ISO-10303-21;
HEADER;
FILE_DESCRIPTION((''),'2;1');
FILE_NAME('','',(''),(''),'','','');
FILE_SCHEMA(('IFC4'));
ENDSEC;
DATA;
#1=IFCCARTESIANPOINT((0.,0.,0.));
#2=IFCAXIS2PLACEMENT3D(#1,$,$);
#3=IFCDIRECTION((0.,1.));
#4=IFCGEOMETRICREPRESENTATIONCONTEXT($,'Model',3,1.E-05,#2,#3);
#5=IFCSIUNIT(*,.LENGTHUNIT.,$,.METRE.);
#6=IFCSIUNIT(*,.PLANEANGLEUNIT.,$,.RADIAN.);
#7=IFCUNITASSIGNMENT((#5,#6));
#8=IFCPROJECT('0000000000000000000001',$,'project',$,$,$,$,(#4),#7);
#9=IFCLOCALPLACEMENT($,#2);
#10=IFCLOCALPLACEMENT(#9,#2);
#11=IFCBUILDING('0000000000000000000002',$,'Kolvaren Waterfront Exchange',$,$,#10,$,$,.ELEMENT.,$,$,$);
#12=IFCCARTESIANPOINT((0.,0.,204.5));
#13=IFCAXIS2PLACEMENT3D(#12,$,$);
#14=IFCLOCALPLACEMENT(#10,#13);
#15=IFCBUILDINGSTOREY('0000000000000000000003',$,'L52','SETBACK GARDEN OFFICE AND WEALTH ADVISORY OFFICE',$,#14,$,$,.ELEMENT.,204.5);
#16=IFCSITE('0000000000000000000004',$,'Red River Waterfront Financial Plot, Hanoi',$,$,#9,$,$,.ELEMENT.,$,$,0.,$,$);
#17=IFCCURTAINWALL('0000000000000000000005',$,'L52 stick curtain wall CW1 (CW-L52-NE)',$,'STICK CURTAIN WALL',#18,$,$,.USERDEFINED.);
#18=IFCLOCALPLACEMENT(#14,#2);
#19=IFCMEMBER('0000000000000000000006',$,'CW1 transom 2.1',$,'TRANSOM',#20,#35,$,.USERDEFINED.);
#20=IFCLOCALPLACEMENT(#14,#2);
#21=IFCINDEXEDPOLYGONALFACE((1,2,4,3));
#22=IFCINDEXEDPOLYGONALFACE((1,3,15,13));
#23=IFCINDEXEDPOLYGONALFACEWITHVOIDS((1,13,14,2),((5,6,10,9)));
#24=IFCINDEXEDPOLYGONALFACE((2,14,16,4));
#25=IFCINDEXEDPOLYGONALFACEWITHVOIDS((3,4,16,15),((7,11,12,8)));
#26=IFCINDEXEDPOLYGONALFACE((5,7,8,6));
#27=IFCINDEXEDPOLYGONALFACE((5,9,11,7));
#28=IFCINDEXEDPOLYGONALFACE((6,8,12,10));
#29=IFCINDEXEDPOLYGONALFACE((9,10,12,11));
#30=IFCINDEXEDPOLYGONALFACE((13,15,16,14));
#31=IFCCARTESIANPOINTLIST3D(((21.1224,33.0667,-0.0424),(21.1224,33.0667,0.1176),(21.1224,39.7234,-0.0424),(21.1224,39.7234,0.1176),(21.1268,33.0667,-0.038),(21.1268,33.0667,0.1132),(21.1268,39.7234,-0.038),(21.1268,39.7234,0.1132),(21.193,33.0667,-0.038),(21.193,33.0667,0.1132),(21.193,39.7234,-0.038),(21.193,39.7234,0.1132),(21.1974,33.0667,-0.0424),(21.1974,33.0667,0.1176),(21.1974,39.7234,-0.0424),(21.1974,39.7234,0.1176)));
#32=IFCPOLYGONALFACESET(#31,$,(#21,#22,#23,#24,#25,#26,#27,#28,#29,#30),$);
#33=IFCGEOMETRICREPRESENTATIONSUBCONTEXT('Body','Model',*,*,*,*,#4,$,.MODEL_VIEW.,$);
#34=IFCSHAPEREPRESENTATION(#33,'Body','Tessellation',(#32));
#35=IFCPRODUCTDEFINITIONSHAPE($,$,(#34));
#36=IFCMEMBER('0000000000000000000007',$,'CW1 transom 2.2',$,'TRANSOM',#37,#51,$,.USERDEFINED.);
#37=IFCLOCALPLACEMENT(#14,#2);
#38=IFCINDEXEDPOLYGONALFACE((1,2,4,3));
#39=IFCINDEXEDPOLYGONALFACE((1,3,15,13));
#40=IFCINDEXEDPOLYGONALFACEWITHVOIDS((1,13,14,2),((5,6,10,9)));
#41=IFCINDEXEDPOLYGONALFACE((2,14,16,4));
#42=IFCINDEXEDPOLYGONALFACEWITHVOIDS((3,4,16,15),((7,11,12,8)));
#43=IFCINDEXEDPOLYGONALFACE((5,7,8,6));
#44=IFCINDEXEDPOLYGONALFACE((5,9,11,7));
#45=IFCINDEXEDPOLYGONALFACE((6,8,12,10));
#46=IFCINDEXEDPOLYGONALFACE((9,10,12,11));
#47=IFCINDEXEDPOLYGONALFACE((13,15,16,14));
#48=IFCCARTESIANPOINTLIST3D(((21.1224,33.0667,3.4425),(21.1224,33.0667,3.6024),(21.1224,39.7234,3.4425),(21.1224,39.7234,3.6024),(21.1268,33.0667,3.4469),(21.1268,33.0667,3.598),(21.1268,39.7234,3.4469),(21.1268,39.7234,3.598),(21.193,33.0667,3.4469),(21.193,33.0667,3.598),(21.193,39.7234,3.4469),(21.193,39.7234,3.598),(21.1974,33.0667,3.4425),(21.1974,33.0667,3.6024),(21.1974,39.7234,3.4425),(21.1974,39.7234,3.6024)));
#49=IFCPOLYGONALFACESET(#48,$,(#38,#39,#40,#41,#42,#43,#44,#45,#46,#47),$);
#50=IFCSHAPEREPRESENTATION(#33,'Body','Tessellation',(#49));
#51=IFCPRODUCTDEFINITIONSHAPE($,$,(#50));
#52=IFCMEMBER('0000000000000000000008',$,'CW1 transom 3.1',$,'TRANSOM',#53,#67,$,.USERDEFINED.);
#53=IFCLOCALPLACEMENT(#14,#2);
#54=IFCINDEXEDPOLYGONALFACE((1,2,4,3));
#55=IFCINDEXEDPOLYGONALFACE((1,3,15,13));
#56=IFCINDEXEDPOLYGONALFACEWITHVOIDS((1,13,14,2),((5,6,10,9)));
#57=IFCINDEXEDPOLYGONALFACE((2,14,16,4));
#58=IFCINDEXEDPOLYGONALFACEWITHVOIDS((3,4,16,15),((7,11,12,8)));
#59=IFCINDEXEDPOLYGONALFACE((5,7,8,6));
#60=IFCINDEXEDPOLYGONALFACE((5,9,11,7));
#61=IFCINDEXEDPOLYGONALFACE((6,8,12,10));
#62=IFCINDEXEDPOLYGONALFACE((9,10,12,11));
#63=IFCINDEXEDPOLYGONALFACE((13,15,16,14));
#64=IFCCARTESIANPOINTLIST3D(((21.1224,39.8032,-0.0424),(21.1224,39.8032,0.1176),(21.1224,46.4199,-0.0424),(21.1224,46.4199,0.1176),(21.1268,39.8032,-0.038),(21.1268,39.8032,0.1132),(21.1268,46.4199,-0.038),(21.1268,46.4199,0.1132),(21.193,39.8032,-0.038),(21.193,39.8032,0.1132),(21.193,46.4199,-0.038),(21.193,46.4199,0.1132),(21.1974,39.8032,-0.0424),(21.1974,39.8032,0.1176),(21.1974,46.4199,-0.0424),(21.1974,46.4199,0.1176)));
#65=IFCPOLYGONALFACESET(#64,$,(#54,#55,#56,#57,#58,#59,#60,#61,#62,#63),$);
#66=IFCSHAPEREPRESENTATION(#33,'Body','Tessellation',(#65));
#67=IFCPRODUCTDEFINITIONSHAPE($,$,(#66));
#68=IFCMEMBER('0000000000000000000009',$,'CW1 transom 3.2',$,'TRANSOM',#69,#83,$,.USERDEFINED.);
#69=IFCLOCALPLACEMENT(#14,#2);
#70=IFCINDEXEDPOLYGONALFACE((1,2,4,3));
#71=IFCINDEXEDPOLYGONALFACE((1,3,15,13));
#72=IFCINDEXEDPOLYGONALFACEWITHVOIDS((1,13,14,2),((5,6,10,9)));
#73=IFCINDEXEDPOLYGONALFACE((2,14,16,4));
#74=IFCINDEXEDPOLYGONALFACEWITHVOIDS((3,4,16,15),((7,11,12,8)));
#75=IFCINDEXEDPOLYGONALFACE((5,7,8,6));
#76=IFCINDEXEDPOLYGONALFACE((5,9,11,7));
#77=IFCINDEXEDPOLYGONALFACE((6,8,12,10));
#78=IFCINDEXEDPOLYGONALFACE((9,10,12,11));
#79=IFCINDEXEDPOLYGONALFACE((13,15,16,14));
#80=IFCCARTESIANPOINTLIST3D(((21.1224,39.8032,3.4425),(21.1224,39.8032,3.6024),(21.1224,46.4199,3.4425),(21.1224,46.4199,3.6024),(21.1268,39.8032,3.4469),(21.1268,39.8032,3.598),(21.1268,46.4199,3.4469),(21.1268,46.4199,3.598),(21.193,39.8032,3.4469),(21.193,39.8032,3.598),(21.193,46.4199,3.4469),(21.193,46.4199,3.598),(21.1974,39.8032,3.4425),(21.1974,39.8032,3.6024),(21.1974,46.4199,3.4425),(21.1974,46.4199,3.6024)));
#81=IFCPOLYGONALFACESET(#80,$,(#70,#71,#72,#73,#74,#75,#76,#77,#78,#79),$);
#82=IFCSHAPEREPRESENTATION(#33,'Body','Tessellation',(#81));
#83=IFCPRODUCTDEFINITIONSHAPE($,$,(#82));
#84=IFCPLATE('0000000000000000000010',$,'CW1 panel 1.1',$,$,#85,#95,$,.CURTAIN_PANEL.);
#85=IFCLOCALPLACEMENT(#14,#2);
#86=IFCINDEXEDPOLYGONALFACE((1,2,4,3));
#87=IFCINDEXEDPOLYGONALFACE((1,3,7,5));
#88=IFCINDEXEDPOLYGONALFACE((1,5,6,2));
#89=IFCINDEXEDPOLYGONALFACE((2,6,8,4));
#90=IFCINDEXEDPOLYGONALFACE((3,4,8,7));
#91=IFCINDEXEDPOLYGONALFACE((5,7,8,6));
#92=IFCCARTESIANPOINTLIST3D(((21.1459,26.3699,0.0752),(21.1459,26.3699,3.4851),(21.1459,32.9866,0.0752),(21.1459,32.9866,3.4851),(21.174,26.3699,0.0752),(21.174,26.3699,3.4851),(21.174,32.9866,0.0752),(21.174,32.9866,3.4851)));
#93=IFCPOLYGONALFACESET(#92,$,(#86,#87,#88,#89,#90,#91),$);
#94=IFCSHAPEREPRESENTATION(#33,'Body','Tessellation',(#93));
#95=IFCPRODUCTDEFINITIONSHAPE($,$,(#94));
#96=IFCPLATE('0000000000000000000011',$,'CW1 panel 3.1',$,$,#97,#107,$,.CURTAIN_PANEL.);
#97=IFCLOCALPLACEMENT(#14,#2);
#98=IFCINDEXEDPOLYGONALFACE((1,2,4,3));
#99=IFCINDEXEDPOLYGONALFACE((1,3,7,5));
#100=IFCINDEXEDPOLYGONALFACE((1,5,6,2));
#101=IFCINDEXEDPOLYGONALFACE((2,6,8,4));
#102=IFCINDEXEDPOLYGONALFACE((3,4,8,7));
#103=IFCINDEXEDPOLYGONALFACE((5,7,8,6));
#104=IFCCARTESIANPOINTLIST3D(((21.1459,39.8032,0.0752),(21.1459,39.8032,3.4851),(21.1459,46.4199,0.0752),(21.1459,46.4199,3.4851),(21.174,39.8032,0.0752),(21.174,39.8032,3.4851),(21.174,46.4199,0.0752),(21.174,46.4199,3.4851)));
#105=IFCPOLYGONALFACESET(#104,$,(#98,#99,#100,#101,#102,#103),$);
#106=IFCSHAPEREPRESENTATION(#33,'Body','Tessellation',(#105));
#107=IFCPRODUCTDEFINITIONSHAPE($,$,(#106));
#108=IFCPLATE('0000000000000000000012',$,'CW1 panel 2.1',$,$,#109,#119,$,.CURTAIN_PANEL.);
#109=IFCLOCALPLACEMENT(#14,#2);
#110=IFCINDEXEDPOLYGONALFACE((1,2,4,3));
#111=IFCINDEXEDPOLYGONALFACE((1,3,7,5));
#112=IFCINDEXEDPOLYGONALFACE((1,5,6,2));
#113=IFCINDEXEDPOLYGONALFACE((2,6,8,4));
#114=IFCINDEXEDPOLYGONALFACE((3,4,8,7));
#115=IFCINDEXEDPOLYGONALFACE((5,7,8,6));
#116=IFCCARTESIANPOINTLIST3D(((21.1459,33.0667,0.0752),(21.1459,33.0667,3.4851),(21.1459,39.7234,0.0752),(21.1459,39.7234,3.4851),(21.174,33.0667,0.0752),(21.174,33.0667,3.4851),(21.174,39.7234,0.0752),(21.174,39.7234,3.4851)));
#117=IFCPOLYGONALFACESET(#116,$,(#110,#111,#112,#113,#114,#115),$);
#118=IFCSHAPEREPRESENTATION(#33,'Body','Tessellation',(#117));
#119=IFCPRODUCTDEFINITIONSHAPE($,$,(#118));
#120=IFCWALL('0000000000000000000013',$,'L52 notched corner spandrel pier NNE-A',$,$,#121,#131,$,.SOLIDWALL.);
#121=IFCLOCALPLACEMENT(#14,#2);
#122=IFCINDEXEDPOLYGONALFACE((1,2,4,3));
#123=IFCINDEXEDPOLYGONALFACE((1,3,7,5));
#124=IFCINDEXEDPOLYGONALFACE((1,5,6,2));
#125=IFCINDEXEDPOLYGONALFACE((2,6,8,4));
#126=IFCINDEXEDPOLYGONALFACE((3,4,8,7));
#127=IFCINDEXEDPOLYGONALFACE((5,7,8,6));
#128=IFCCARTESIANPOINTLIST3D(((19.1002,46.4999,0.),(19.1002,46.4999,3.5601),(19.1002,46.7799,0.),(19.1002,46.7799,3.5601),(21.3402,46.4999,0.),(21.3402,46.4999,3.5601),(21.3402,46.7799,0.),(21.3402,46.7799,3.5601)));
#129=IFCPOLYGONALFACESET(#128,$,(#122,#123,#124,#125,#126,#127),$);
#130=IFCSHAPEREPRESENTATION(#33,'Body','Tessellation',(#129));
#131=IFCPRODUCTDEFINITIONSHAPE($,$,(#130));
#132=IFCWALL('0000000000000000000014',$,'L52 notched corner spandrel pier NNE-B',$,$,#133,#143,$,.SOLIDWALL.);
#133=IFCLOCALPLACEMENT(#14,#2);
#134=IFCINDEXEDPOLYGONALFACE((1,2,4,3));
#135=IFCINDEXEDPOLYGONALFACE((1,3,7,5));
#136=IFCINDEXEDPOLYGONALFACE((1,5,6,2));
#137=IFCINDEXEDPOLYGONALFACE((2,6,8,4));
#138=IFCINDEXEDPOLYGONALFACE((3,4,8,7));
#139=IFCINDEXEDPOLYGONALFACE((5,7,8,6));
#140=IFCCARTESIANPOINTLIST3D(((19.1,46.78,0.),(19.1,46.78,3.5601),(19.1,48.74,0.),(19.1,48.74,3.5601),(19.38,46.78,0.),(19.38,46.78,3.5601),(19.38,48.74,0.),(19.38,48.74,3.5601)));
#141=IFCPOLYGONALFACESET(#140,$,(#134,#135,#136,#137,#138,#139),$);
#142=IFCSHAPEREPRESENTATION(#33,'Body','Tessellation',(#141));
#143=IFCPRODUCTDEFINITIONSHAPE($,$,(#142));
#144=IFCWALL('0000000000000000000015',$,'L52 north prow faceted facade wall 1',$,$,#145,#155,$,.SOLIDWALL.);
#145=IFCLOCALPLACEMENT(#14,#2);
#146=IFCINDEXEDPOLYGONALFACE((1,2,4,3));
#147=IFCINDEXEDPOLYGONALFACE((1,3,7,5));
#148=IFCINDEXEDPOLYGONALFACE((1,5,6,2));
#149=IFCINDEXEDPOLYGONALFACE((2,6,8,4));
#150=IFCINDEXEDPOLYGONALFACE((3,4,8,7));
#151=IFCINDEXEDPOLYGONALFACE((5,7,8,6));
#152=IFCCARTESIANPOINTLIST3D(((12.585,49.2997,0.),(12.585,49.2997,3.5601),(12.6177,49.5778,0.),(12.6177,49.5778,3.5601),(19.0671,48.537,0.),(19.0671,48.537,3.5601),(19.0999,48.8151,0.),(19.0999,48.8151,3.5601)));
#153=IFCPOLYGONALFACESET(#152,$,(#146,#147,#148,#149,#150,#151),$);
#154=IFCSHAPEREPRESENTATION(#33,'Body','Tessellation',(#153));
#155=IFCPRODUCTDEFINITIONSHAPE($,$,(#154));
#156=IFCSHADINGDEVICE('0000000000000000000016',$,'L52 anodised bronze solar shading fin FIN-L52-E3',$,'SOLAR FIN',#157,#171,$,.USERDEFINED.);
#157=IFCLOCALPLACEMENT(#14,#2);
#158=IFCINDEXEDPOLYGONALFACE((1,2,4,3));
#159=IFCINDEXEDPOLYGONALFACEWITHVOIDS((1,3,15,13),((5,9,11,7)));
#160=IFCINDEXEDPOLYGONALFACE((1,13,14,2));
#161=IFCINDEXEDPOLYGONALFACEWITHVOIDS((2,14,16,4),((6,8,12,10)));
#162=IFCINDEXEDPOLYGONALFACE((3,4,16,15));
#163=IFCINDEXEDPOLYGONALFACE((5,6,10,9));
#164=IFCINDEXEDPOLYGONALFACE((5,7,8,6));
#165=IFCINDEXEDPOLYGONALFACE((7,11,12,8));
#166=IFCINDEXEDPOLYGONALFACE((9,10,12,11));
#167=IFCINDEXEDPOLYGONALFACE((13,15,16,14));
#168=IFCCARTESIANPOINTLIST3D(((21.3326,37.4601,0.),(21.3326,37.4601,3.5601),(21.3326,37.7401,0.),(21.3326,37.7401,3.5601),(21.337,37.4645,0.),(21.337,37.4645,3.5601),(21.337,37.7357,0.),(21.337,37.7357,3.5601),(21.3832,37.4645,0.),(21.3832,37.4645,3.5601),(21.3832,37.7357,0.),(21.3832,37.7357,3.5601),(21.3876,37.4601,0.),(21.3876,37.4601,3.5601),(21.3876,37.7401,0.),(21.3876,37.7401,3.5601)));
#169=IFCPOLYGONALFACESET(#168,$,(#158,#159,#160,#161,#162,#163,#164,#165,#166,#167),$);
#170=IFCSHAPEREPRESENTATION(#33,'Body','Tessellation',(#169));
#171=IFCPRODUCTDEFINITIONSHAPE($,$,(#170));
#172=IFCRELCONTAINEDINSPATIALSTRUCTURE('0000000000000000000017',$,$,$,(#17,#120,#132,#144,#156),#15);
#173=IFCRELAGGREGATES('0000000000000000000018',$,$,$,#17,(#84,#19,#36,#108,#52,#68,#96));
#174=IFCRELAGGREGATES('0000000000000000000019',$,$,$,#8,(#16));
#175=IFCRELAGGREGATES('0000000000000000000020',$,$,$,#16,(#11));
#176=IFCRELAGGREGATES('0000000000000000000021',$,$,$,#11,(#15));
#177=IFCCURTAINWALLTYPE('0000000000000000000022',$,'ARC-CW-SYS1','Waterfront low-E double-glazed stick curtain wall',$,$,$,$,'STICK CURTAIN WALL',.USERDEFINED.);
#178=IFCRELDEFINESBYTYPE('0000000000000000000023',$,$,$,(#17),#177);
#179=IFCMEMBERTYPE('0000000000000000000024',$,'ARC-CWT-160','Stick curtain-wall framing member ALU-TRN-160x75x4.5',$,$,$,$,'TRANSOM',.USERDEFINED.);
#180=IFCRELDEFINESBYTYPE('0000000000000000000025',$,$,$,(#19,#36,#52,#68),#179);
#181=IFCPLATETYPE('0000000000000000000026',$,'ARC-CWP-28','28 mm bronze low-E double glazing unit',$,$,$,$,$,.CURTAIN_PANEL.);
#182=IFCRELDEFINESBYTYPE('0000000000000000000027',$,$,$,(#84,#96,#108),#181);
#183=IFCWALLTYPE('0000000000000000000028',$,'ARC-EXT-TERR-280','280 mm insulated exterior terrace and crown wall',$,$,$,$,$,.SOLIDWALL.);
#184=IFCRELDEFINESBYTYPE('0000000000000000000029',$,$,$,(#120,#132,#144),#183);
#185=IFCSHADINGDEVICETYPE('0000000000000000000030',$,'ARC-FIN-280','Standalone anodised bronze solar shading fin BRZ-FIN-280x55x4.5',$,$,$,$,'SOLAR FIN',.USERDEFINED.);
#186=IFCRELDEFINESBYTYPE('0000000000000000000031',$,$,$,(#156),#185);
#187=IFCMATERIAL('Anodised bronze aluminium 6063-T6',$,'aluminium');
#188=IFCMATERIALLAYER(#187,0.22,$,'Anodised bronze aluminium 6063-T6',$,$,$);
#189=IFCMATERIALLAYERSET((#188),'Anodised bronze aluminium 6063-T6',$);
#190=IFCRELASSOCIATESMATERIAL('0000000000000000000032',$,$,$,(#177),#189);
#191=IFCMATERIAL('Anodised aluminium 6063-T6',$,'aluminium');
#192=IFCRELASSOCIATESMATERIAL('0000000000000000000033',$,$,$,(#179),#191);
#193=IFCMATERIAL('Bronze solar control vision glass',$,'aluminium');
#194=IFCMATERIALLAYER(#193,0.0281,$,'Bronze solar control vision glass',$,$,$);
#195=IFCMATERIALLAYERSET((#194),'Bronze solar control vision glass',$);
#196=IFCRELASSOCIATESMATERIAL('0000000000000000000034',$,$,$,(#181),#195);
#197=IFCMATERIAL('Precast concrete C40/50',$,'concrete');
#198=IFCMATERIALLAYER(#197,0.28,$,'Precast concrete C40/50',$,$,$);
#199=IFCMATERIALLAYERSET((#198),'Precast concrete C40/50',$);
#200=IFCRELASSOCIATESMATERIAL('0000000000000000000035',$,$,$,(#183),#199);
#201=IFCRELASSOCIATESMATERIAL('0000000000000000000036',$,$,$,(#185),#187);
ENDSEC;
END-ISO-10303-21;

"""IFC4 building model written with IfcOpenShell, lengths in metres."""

from ifc_helpers import new_model, si_unit, direction, frame, frame_2d, origin, origin_with_axes, origin_2d, place, context, subcontext, project, spatial, rectangle, hollow_rectangle, extrude, source, transform, mapped, material, layer, layer_set, material_profile, profile_set, type_object, element, aggregate, save


model = new_model("IFC4")

# Units and contexts
model_context = context("Model", 3, precision=1e-05, world=origin(), true_north=direction((0.0, 1.0)))
body_context = subcontext(model_context, "Body", "Model", "MODEL_VIEW")
ifc_project = project(units=[si_unit("LENGTHUNIT", "METRE"), si_unit("PLANEANGLEUNIT", "RADIAN")], contexts=[model_context])

# Site, building, storey
site_placement = place(None, origin())
site = spatial("IfcSite", under=ifc_project, at=site_placement, Name="Red River Waterfront Financial Plot, Hanoi", CompositionType="ELEMENT", RefElevation=0.0)
building_placement = place(site_placement, origin())
building = spatial("IfcBuilding", under=site, at=building_placement, Name="Kolvaren Waterfront Exchange", CompositionType="ELEMENT")
storey_placement = place(building_placement, frame((0.0, 0.0, 204.5)))
storey = spatial("IfcBuildingStorey", under=building, at=storey_placement, Name="L52", Description="SETBACK GARDEN OFFICE AND WEALTH ADVISORY OFFICE", CompositionType="ELEMENT", Elevation=204.5)

# Curtain wall, members, plates
ifc_material_1 = material(Name="Anodised bronze aluminium 6063-T6", Category="aluminium")
ifc_layer_1 = layer(ifc_material_1, 0.22, Name="Anodised bronze aluminium 6063-T6")
ifc_layer_set_1 = layer_set([ifc_layer_1], Name="Anodised bronze aluminium 6063-T6")
curtain_wall_type = type_object("IfcCurtainWallType", Name="ARC-CW-SYS1", Description="Waterfront low-E double-glazed stick curtain wall", ElementType="STICK CURTAIN WALL", PredefinedType="USERDEFINED", material=ifc_layer_set_1)
curtain_wall_placement = place(storey_placement, origin())
curtain_wall = element("IfcCurtainWall", 1, at=curtain_wall_placement, inside=storey, type_object=curtain_wall_type, Name="L52 stick curtain wall CW1 (CW-L52-NE)", ObjectType="STICK CURTAIN WALL", PredefinedType="USERDEFINED")
ifc_material_2 = material(Name="Anodised aluminium 6063-T6", Category="aluminium")
ifc_material_profile_1 = material_profile(ifc_material_2, hollow_rectangle(XDim=0.075, YDim=0.1599, WallThickness=0.0044, at=origin_2d()), Name="ALU-TRN-160x75x4.5")
ifc_profile_set_1 = profile_set([ifc_material_profile_1], Name="Anodised aluminium 6063-T6")
member_type_1 = type_object("IfcMemberType", Name="ARC-CWT-160", Description="Stick curtain-wall framing member ALU-TRN-160x75x4.5", ElementType="TRANSOM", PredefinedType="USERDEFINED", material=ifc_profile_set_1)
shared_shape_1 = source(origin_with_axes(), body_context, "Body", "SweptSolid", [
    extrude(hollow_rectangle(XDim=0.075, YDim=0.1599, WallThickness=0.0044, at=origin_2d()), origin(), (0.0, 0.0, 1.0), 6.6567),
])
member_1_placement = place(storey_placement, frame((21.1599, 33.0667, 0.0376), z_axis=(0.0, 1.0, 0.0), x_axis=(-1.0, 0.0, 0.0)))
member_1 = element("IfcMember", 2, at=member_1_placement, type_object=member_type_1, Name="CW1 transom 2.1", ObjectType="TRANSOM", PredefinedType="USERDEFINED", context=body_context, shape_type="MappedRepresentation", body=[
    mapped(shared_shape_1, transform((0.0, 0.0, 0.0), x_axis=(1.0, 0.0, 0.0), y_axis=(0.0, 1.0, 0.0), z_axis=(0.0, 0.0, 1.0), scale=1.0)),
])
member_2_placement = place(storey_placement, frame((21.1599, 33.0667, 3.5225), z_axis=(0.0, 1.0, 0.0), x_axis=(-1.0, 0.0, 0.0)))
member_2 = element("IfcMember", 3, at=member_2_placement, type_object=member_type_1, Name="CW1 transom 2.2", ObjectType="TRANSOM", PredefinedType="USERDEFINED", context=body_context, shape_type="MappedRepresentation", body=[
    mapped(shared_shape_1, transform((0.0, 0.0, 0.0), x_axis=(1.0, 0.0, 0.0), y_axis=(0.0, 1.0, 0.0), z_axis=(0.0, 0.0, 1.0), scale=1.0)),
])
shared_shape_2 = source(origin_with_axes(), body_context, "Body", "SweptSolid", [
    extrude(hollow_rectangle(XDim=0.075, YDim=0.1599, WallThickness=0.0044, at=origin_2d()), origin(), (0.0, 0.0, 1.0), 6.6167),
])
member_3_placement = place(storey_placement, frame((21.1599, 39.8032, 0.0376), z_axis=(0.0, 1.0, 0.0), x_axis=(-1.0, 0.0, 0.0)))
member_3 = element("IfcMember", 4, at=member_3_placement, type_object=member_type_1, Name="CW1 transom 3.1", ObjectType="TRANSOM", PredefinedType="USERDEFINED", context=body_context, shape_type="MappedRepresentation", body=[
    mapped(shared_shape_2, transform((0.0, 0.0, 0.0), x_axis=(1.0, 0.0, 0.0), y_axis=(0.0, 1.0, 0.0), z_axis=(0.0, 0.0, 1.0), scale=1.0)),
])
member_4_placement = place(storey_placement, frame((21.1599, 39.8032, 3.5225), z_axis=(0.0, 1.0, 0.0), x_axis=(-1.0, 0.0, 0.0)))
member_4 = element("IfcMember", 5, at=member_4_placement, type_object=member_type_1, Name="CW1 transom 3.2", ObjectType="TRANSOM", PredefinedType="USERDEFINED", context=body_context, shape_type="MappedRepresentation", body=[
    mapped(shared_shape_2, transform((0.0, 0.0, 0.0), x_axis=(1.0, 0.0, 0.0), y_axis=(0.0, 1.0, 0.0), z_axis=(0.0, 0.0, 1.0), scale=1.0)),
])
ifc_material_3 = material(Name="Bronze solar control vision glass", Category="aluminium")
ifc_layer_2 = layer(ifc_material_3, 0.0281, Name="Bronze solar control vision glass")
ifc_layer_set_2 = layer_set([ifc_layer_2], Name="Bronze solar control vision glass")
plate_type = type_object("IfcPlateType", Name="ARC-CWP-28", Description="28 mm bronze low-E double glazing unit", PredefinedType="CURTAIN_PANEL", material=ifc_layer_set_2)
shared_shape_3 = source(origin_with_axes(), body_context, "Body", "SweptSolid", [
    extrude(rectangle(XDim=6.6167, YDim=0.0281, at=origin_2d()), origin(), (0.0, 0.0, 1.0), 3.4099),
])
plate_1_placement = place(storey_placement, frame((21.1599, 29.6782, 0.0752), z_axis=(0.0, 0.0, 1.0), x_axis=(0.0, 1.0, 0.0)))
plate_1 = element("IfcPlate", 6, at=plate_1_placement, type_object=plate_type, Name="CW1 panel 1.1", PredefinedType="CURTAIN_PANEL", context=body_context, shape_type="MappedRepresentation", body=[
    mapped(shared_shape_3, transform((0.0, 0.0, 0.0), x_axis=(1.0, 0.0, 0.0), y_axis=(0.0, 1.0, 0.0), z_axis=(0.0, 0.0, 1.0), scale=1.0)),
])
plate_2_placement = place(storey_placement, frame((21.1599, 43.1116, 0.0752), z_axis=(0.0, 0.0, 1.0), x_axis=(0.0, 1.0, 0.0)))
plate_2 = element("IfcPlate", 7, at=plate_2_placement, type_object=plate_type, Name="CW1 panel 3.1", PredefinedType="CURTAIN_PANEL", context=body_context, shape_type="MappedRepresentation", body=[
    mapped(shared_shape_3, transform((0.0, 0.0, 0.0), x_axis=(1.0, 0.0, 0.0), y_axis=(0.0, 1.0, 0.0), z_axis=(0.0, 0.0, 1.0), scale=1.0)),
])
shared_shape_4 = source(origin_with_axes(), body_context, "Body", "SweptSolid", [
    extrude(rectangle(XDim=6.6567, YDim=0.0281, at=origin_2d()), origin(), (0.0, 0.0, 1.0), 3.4099),
])
plate_3_placement = place(storey_placement, frame((21.1599, 36.395, 0.0752), z_axis=(0.0, 0.0, 1.0), x_axis=(0.0, 1.0, 0.0)))
plate_3 = element("IfcPlate", 8, at=plate_3_placement, type_object=plate_type, Name="CW1 panel 2.1", PredefinedType="CURTAIN_PANEL", context=body_context, shape_type="MappedRepresentation", body=[
    mapped(shared_shape_4, transform((0.0, 0.0, 0.0), x_axis=(1.0, 0.0, 0.0), y_axis=(0.0, 1.0, 0.0), z_axis=(0.0, 0.0, 1.0), scale=1.0)),
])
aggregate(curtain_wall, [plate_1, member_1, member_2, plate_3, member_3, member_4, plate_2])

# Walls
ifc_material_4 = material(Name="Precast concrete C40/50", Category="concrete")
ifc_layer_3 = layer(ifc_material_4, 0.28, Name="Precast concrete C40/50")
ifc_layer_set_3 = layer_set([ifc_layer_3], Name="Precast concrete C40/50")
wall_type = type_object("IfcWallType", Name="ARC-EXT-TERR-280", Description="280 mm insulated exterior terrace and crown wall", PredefinedType="SOLIDWALL", material=ifc_layer_set_3)
wall_1_placement = place(storey_placement, frame((19.1001, 46.6399, 0.0), z_axis=(0.0, 0.0, 1.0), x_axis=(1.0, 0.0, 0.0)))
element("IfcWall", 9, at=wall_1_placement, inside=storey, type_object=wall_type, Name="L52 notched corner spandrel pier NNE-A", PredefinedType="SOLIDWALL", context=body_context, shape_type="SweptSolid", body=[
    extrude(rectangle(XDim=2.24, YDim=0.28, at=frame_2d((1.1201, 0.0))), origin(), (0.0, 0.0, 1.0), 3.5601),
])
wall_2_placement = place(storey_placement, frame((19.24, 46.78, 0.0), z_axis=(0.0, 0.0, 1.0), x_axis=(0.0, 1.0, 0.0)))
element("IfcWall", 10, at=wall_2_placement, inside=storey, type_object=wall_type, Name="L52 notched corner spandrel pier NNE-B", PredefinedType="SOLIDWALL", context=body_context, shape_type="SweptSolid", body=[
    extrude(rectangle(XDim=1.96, YDim=0.28, at=frame_2d((0.98, 0.0))), origin(), (0.0, 0.0, 1.0), 3.5601),
])
wall_3_placement = place(storey_placement, frame((19.0835, 48.676, 0.0), z_axis=(0.0, 0.0, 1.0), x_axis=(-0.993149, 0.116854, 0.0)))
element("IfcWall", 11, at=wall_3_placement, inside=storey, type_object=wall_type, Name="L52 north prow faceted facade wall 1", PredefinedType="SOLIDWALL", context=body_context, shape_type="SweptSolid", body=[
    extrude(rectangle(XDim=6.5269, YDim=0.28, at=frame_2d((3.2634, 0.0))), origin(), (0.0, 0.0, 1.0), 3.5601),
])

# Shading device
ifc_material_profile_2 = material_profile(ifc_material_1, hollow_rectangle(XDim=0.0549, YDim=0.28, WallThickness=0.0044, at=origin_2d()), Name="BRZ-FIN-280x55x4.5")
ifc_profile_set_2 = profile_set([ifc_material_profile_2], Name="Anodised bronze aluminium 6063-T6")
shading_device_type = type_object("IfcShadingDeviceType", Name="ARC-FIN-280", Description="Standalone anodised bronze solar shading fin BRZ-FIN-280x55x4.5", ElementType="SOLAR FIN", PredefinedType="USERDEFINED", material=ifc_profile_set_2)
shading_device_placement = place(storey_placement, frame((21.3601, 37.6001, 0.0), z_axis=(0.0, 0.0, 1.0), x_axis=(1.0, 0.0, 0.0)))
element("IfcShadingDevice", 12, at=shading_device_placement, inside=storey, type_object=shading_device_type, Name="L52 anodised bronze solar shading fin FIN-L52-E3", ObjectType="SOLAR FIN", PredefinedType="USERDEFINED", context=body_context, shape_type="SweptSolid", body=[
    extrude(hollow_rectangle(XDim=0.0549, YDim=0.28, WallThickness=0.0044, at=origin_2d()), origin(), (0.0, 0.0, 1.0), 3.5601),
])

save(model, "model.ifc")
